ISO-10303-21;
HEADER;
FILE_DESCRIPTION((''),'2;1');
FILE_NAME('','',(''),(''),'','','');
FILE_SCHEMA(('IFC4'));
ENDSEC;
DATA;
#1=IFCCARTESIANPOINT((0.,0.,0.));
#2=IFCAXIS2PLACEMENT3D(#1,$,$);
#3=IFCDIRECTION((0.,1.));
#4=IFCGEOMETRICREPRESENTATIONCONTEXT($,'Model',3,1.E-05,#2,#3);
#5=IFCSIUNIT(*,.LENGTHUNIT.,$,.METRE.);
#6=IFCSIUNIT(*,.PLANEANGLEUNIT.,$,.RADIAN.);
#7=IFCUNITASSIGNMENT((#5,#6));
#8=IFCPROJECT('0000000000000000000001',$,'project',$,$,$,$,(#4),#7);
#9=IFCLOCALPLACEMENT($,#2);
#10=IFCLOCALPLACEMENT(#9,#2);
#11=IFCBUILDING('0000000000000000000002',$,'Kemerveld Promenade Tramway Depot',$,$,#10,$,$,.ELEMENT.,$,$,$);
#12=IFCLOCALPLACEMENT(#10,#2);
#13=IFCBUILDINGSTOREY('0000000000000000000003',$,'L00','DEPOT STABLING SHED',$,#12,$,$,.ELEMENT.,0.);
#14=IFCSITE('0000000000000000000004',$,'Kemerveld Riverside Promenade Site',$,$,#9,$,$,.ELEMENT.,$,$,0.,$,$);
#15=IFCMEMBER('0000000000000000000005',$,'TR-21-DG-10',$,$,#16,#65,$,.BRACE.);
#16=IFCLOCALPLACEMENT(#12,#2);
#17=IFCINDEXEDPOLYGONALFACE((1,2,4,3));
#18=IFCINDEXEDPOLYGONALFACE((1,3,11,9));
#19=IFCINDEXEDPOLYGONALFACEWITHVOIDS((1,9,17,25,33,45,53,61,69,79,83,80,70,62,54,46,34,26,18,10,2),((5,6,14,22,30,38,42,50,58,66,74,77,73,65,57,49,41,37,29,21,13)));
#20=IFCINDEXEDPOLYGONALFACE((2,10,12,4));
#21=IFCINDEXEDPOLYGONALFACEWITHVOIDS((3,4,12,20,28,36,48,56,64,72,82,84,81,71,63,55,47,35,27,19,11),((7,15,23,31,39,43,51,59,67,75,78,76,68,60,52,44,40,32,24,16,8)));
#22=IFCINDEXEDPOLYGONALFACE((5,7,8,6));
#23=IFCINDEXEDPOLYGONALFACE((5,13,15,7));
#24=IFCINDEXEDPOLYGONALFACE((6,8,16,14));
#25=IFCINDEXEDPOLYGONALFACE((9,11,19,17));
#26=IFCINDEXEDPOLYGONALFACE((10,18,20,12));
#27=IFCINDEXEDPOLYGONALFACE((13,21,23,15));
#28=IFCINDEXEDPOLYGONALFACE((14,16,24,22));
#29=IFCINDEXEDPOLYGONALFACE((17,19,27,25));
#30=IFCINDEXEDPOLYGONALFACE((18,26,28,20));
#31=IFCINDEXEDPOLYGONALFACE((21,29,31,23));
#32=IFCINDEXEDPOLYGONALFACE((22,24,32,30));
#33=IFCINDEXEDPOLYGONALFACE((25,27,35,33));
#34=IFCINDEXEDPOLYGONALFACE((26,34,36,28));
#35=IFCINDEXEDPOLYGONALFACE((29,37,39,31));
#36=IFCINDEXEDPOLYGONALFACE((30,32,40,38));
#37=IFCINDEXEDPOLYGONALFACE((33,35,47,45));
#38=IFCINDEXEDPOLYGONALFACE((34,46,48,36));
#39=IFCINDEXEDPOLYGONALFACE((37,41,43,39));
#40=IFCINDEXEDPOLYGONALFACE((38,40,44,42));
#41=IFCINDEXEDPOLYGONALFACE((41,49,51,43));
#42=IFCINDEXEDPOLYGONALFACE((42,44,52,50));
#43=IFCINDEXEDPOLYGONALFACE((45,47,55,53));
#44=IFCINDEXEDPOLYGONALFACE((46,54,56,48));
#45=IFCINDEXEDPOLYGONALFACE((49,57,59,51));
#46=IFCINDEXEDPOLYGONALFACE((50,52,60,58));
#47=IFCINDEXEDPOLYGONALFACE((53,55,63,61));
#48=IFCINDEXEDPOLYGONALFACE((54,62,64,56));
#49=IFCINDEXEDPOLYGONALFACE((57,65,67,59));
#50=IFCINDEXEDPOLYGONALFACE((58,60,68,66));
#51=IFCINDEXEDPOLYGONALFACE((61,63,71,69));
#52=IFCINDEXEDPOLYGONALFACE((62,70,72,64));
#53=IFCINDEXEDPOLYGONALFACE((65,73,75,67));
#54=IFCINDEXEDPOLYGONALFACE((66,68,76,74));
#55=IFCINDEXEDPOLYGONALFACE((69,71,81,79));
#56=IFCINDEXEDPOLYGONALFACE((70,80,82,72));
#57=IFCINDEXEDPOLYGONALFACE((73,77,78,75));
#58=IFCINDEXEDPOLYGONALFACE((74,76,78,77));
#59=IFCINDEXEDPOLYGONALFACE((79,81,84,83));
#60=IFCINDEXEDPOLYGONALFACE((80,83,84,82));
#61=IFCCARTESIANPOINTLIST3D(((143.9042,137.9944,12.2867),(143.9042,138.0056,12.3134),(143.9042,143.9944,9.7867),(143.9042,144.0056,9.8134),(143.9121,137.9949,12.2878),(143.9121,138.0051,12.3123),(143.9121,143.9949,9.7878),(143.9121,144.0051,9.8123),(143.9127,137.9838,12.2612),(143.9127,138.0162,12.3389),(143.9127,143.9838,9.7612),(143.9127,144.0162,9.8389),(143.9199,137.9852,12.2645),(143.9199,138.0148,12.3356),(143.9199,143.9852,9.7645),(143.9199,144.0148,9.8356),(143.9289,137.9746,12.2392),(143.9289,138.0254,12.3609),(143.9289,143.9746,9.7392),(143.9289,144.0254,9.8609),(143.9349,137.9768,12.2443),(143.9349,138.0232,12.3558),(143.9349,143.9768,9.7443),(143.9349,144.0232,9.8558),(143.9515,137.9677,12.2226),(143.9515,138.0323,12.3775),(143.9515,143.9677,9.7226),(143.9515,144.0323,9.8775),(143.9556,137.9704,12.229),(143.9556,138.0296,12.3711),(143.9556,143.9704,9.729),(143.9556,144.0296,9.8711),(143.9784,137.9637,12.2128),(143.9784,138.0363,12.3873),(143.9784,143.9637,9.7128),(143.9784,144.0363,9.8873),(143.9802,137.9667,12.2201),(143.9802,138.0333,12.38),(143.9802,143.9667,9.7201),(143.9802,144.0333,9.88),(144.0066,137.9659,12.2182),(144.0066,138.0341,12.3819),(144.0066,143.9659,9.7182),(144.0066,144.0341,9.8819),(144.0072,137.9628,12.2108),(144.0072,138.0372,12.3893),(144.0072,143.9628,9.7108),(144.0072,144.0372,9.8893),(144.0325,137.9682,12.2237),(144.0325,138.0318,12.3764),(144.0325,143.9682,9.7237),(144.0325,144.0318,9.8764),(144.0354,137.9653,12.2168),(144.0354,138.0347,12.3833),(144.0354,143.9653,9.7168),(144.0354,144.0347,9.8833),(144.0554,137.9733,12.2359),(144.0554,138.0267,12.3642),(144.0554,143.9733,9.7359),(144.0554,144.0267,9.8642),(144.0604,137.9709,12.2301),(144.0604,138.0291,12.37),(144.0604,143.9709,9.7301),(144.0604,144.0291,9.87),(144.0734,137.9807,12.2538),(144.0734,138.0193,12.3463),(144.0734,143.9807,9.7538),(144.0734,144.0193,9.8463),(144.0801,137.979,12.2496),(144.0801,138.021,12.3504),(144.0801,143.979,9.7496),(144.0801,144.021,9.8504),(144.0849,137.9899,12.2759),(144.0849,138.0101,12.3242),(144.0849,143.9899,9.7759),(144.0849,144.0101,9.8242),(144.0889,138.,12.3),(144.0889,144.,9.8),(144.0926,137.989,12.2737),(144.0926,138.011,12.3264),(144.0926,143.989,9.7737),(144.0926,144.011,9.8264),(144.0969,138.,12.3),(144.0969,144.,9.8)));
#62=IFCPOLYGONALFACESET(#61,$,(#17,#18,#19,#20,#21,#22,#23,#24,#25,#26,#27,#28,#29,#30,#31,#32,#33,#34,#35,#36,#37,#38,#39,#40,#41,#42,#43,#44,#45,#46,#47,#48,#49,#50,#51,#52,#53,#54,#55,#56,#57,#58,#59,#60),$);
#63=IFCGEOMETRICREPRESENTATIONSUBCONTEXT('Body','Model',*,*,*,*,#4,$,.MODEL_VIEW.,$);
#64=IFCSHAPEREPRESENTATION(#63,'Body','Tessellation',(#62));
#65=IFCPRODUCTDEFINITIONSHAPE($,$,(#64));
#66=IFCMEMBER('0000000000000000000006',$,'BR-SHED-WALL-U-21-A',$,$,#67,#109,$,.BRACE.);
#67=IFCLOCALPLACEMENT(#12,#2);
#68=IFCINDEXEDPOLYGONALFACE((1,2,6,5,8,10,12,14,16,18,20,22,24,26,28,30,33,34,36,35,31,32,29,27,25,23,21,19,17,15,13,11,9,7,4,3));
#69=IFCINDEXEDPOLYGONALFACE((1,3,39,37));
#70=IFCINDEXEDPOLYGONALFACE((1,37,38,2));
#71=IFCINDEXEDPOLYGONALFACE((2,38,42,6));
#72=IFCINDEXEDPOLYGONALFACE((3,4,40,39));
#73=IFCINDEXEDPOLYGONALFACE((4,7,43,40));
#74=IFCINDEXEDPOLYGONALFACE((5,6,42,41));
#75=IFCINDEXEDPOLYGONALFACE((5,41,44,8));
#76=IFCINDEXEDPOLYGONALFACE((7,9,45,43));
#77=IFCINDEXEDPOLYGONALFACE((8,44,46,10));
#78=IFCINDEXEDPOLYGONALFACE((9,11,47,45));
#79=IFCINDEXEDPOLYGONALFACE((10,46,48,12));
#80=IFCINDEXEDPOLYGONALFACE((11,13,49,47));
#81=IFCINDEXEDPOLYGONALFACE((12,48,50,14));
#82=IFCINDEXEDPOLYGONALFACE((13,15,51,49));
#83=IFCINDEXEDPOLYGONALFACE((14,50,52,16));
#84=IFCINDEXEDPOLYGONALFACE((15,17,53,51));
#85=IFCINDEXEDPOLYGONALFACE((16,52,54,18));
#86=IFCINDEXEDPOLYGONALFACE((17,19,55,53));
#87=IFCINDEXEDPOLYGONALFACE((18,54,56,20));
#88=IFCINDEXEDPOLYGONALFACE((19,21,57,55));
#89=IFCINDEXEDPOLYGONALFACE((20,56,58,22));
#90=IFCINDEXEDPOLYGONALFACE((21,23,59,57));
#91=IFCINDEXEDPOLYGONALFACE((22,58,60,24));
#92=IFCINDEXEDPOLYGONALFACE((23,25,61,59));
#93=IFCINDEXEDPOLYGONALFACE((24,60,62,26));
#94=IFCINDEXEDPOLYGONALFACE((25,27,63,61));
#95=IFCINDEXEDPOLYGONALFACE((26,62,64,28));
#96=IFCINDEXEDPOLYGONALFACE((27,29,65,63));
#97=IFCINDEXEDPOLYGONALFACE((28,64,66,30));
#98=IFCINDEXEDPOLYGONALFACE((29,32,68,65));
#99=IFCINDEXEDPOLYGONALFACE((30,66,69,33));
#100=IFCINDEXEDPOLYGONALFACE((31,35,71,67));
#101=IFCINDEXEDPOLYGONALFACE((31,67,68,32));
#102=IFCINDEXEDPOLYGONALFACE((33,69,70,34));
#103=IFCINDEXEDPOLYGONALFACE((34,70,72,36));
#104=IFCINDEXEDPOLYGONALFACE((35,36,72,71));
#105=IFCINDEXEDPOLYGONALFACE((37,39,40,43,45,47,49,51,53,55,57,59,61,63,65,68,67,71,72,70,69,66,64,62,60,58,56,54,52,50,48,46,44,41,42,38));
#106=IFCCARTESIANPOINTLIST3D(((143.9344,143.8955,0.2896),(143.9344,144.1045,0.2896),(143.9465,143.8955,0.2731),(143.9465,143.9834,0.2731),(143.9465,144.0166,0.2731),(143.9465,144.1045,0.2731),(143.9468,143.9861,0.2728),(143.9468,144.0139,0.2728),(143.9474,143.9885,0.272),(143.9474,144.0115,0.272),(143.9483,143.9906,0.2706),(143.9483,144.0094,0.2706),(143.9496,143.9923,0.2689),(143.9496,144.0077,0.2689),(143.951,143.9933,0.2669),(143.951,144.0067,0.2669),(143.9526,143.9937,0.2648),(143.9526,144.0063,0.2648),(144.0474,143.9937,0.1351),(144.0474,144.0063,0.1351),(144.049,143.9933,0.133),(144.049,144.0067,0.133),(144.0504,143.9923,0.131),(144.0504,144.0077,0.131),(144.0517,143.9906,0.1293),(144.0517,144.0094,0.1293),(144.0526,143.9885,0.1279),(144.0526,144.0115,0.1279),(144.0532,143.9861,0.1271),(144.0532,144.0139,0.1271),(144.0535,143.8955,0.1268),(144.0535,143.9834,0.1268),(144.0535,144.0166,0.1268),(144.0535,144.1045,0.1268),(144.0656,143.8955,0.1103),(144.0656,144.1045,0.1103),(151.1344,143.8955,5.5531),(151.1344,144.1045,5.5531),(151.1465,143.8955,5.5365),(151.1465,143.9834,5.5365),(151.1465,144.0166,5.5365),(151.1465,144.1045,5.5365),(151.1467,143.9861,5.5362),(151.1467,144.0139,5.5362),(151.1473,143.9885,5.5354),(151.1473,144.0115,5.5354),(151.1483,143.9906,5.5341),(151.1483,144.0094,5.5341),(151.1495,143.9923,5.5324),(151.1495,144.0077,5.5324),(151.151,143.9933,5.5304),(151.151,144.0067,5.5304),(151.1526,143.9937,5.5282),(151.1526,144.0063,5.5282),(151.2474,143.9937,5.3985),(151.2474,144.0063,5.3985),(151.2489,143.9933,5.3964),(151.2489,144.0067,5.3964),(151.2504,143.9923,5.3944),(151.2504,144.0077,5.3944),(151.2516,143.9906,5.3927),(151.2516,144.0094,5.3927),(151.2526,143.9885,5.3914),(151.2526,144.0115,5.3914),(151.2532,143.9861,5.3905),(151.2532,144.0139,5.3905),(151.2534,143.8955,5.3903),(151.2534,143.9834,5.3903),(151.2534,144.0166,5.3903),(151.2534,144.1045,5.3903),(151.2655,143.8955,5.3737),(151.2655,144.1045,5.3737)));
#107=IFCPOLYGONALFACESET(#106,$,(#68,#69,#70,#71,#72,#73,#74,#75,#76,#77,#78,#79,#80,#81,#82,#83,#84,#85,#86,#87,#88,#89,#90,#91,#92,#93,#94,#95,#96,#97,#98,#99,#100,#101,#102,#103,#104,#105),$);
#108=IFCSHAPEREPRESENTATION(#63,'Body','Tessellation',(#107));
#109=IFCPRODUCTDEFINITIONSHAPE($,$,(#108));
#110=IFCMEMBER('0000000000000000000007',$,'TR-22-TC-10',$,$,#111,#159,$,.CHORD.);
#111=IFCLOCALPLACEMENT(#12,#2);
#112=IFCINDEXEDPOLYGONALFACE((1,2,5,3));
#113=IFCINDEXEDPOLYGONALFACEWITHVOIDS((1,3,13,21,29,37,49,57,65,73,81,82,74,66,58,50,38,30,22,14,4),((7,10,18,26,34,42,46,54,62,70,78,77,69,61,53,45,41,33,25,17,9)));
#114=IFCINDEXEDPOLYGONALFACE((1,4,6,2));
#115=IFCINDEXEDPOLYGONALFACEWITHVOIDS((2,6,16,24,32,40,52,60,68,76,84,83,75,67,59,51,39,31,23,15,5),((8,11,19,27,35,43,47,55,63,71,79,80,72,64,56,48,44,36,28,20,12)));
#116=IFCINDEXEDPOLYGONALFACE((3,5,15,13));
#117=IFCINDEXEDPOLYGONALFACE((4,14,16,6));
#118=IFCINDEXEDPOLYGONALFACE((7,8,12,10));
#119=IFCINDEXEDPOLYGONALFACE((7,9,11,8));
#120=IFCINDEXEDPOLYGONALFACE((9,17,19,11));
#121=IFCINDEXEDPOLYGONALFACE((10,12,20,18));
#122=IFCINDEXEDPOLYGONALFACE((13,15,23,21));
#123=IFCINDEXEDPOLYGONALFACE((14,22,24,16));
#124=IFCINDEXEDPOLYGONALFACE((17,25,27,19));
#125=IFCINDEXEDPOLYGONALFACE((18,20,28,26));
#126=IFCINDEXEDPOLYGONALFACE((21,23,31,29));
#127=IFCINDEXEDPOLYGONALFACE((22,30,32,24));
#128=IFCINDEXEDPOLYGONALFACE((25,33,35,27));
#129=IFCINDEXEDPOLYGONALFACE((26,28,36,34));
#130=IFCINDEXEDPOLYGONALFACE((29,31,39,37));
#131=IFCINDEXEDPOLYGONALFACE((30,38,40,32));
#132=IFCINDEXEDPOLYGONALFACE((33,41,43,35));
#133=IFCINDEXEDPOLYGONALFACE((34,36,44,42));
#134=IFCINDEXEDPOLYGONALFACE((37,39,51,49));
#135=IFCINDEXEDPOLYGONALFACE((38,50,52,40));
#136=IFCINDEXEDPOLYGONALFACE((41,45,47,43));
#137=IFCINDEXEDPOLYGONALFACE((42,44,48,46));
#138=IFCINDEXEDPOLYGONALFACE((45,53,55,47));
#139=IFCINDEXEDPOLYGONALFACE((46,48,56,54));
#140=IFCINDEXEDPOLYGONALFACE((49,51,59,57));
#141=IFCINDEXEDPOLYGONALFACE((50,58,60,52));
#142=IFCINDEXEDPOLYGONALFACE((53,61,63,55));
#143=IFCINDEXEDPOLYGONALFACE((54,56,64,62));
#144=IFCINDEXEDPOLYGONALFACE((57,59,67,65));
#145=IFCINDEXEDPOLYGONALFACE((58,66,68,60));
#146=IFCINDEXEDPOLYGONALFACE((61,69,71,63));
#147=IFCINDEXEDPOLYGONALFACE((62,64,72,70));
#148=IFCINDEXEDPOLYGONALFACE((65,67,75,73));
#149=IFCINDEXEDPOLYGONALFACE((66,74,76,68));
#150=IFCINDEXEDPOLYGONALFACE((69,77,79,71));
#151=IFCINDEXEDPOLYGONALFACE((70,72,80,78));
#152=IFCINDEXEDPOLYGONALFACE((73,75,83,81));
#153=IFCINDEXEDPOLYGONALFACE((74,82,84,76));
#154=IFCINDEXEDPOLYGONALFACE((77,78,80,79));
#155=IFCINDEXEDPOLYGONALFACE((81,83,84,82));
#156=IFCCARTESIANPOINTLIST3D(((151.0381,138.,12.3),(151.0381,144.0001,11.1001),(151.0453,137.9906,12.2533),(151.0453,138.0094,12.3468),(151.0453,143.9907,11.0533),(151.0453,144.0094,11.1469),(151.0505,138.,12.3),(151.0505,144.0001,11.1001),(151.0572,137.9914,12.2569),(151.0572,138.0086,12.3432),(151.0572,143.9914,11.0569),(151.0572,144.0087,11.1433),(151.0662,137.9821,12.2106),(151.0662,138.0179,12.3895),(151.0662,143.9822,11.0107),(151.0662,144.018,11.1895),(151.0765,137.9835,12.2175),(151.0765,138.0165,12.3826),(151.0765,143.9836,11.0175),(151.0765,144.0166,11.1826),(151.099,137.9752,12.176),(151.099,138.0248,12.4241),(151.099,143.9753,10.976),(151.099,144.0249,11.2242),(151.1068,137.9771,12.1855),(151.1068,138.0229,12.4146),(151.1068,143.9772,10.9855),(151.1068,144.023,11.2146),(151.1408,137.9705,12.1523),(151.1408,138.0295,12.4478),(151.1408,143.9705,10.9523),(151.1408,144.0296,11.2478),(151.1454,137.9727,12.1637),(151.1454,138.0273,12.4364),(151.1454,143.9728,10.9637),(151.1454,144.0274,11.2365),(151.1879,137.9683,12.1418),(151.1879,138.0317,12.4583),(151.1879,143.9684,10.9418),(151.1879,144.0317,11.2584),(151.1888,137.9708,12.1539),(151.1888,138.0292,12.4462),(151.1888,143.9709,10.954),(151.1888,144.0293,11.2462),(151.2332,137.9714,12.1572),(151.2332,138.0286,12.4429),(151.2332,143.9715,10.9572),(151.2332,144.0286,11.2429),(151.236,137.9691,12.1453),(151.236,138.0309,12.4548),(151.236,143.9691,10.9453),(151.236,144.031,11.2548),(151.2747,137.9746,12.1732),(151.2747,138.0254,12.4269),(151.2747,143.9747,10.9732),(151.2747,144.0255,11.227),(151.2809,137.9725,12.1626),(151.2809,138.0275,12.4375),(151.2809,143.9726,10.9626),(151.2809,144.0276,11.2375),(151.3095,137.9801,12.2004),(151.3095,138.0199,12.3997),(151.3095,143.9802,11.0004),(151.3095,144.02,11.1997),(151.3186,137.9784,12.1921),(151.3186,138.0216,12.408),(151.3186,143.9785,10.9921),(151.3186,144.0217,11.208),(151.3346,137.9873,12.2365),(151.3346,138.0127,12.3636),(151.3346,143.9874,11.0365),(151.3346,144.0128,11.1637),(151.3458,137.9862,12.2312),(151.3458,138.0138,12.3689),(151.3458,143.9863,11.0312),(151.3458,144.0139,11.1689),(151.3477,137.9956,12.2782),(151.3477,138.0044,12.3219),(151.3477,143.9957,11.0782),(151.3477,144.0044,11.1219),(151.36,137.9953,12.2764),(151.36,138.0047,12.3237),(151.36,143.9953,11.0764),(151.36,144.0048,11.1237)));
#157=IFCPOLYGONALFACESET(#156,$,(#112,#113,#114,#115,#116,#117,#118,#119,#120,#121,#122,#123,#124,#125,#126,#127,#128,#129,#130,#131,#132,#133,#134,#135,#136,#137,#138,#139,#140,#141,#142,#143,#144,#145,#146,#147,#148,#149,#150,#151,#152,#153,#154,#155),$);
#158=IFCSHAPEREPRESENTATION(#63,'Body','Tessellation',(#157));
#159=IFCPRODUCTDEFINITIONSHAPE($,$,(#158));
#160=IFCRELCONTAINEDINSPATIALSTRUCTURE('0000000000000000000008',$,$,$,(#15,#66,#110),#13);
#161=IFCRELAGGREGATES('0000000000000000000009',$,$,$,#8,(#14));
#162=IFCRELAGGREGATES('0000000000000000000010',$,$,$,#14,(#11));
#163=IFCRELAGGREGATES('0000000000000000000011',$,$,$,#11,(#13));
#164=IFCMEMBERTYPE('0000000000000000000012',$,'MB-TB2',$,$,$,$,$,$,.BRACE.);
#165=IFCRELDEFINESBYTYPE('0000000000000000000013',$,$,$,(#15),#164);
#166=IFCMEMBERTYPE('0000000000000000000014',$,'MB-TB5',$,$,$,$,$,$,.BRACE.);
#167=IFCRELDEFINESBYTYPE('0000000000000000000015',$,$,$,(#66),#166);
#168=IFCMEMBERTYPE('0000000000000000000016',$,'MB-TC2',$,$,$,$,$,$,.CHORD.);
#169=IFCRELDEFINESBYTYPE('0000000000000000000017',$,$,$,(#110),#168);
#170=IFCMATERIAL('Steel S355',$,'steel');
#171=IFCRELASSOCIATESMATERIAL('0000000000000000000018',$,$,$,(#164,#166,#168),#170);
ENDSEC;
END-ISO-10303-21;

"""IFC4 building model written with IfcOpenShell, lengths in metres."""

from ifc_helpers import new_model, si_unit, direction, frame, origin, origin_2d, place, context, subcontext, project, spatial, hollow_circle, i_section, extrude, material, material_profile, profile_set, type_object, element, save


model = new_model("IFC4")

# Units and contexts
model_context = context("Model", 3, precision=1e-05, world=origin(), true_north=direction((0.0, 1.0)))
body_context = subcontext(model_context, "Body", "Model", "MODEL_VIEW")
ifc_project = project(units=[si_unit("LENGTHUNIT", "METRE"), si_unit("PLANEANGLEUNIT", "RADIAN")], contexts=[model_context])

# Site, building, storey
site_placement = place(None, origin())
site = spatial("IfcSite", under=ifc_project, at=site_placement, Name="Kemerveld Riverside Promenade Site", CompositionType="ELEMENT", RefElevation=0.0)
building_placement = place(site_placement, origin())
building = spatial("IfcBuilding", under=site, at=building_placement, Name="Kemerveld Promenade Tramway Depot", CompositionType="ELEMENT")
storey_placement = place(building_placement, origin())
storey = spatial("IfcBuildingStorey", under=building, at=storey_placement, Name="L00", Description="DEPOT STABLING SHED", CompositionType="ELEMENT", Elevation=0.0)

# Shared definitions
ifc_material_1 = material(Name="Steel S355", Category="steel")

# Members
ifc_material_profile_1 = material_profile(ifc_material_1, hollow_circle(Radius=0.0969, WallThickness=0.0081, at=origin_2d()), Name="193.7x8.0 CHS")
ifc_profile_set_1 = profile_set([ifc_material_profile_1], Name="Steel S355")
member_type_1 = type_object("IfcMemberType", Name="MB-TB2", PredefinedType="BRACE", material=ifc_profile_set_1)
member_1_placement = place(storey_placement, frame((144.0, 144.0, 9.8), z_axis=(0.0, -0.923077, 0.384615), x_axis=(1.0, 0.0, 0.0)))
element("IfcMember", 1, at=member_1_placement, inside=storey, type_object=member_type_1, Name="TR-21-DG-10", PredefinedType="BRACE", context=body_context, shape_type="SweptSolid", body=[
    extrude(hollow_circle(Radius=0.0969, WallThickness=0.0081, at=origin_2d()), origin(), (0.0, 0.0, 1.0), 6.5),
])
ifc_material_profile_2 = material_profile(ifc_material_1, i_section(OverallWidth=0.209, OverallDepth=0.2222, WebThickness=0.0127, FlangeThickness=0.0205, FilletRadius=0.0103, at=origin_2d()), Name="203x203x86 UC")
ifc_profile_set_2 = profile_set([ifc_material_profile_2], Name="Steel S355")
member_type_2 = type_object("IfcMemberType", Name="MB-TB5", PredefinedType="BRACE", material=ifc_profile_set_2)
member_2_placement = place(storey_placement, frame((144.0, 144.0, 0.2), z_axis=(0.807288, 0.0, 0.590157), x_axis=(0.0, 1.0, 0.0)))
element("IfcMember", 2, at=member_2_placement, inside=storey, type_object=member_type_2, Name="BR-SHED-WALL-U-21-A", PredefinedType="BRACE", context=body_context, shape_type="SweptSolid", body=[
    extrude(i_section(OverallWidth=0.209, OverallDepth=0.2222, WebThickness=0.0127, FlangeThickness=0.0205, FilletRadius=0.0103, at=origin_2d()), origin(), (0.0, 0.0, 1.0), 8.9187),
])
ifc_material_profile_3 = material_profile(ifc_material_1, hollow_circle(Radius=0.1619, WallThickness=0.0125, at=origin_2d()), Name="323.9x12.5 CHS")
ifc_profile_set_3 = profile_set([ifc_material_profile_3], Name="Steel S355")
member_type_3 = type_object("IfcMemberType", Name="MB-TC2", PredefinedType="CHORD", material=ifc_profile_set_3)
member_3_placement = place(storey_placement, frame((151.2, 138.0, 12.3), z_axis=(0.0, 0.980582, -0.196108), x_axis=(-1.0, 0.0, 0.0)))
element("IfcMember", 3, at=member_3_placement, inside=storey, type_object=member_type_3, Name="TR-22-TC-10", PredefinedType="CHORD", context=body_context, shape_type="SweptSolid", body=[
    extrude(hollow_circle(Radius=0.1619, WallThickness=0.0125, at=origin_2d()), origin(), (0.0, 0.0, 1.0), 6.1189),
])

save(model, "model.ifc")
